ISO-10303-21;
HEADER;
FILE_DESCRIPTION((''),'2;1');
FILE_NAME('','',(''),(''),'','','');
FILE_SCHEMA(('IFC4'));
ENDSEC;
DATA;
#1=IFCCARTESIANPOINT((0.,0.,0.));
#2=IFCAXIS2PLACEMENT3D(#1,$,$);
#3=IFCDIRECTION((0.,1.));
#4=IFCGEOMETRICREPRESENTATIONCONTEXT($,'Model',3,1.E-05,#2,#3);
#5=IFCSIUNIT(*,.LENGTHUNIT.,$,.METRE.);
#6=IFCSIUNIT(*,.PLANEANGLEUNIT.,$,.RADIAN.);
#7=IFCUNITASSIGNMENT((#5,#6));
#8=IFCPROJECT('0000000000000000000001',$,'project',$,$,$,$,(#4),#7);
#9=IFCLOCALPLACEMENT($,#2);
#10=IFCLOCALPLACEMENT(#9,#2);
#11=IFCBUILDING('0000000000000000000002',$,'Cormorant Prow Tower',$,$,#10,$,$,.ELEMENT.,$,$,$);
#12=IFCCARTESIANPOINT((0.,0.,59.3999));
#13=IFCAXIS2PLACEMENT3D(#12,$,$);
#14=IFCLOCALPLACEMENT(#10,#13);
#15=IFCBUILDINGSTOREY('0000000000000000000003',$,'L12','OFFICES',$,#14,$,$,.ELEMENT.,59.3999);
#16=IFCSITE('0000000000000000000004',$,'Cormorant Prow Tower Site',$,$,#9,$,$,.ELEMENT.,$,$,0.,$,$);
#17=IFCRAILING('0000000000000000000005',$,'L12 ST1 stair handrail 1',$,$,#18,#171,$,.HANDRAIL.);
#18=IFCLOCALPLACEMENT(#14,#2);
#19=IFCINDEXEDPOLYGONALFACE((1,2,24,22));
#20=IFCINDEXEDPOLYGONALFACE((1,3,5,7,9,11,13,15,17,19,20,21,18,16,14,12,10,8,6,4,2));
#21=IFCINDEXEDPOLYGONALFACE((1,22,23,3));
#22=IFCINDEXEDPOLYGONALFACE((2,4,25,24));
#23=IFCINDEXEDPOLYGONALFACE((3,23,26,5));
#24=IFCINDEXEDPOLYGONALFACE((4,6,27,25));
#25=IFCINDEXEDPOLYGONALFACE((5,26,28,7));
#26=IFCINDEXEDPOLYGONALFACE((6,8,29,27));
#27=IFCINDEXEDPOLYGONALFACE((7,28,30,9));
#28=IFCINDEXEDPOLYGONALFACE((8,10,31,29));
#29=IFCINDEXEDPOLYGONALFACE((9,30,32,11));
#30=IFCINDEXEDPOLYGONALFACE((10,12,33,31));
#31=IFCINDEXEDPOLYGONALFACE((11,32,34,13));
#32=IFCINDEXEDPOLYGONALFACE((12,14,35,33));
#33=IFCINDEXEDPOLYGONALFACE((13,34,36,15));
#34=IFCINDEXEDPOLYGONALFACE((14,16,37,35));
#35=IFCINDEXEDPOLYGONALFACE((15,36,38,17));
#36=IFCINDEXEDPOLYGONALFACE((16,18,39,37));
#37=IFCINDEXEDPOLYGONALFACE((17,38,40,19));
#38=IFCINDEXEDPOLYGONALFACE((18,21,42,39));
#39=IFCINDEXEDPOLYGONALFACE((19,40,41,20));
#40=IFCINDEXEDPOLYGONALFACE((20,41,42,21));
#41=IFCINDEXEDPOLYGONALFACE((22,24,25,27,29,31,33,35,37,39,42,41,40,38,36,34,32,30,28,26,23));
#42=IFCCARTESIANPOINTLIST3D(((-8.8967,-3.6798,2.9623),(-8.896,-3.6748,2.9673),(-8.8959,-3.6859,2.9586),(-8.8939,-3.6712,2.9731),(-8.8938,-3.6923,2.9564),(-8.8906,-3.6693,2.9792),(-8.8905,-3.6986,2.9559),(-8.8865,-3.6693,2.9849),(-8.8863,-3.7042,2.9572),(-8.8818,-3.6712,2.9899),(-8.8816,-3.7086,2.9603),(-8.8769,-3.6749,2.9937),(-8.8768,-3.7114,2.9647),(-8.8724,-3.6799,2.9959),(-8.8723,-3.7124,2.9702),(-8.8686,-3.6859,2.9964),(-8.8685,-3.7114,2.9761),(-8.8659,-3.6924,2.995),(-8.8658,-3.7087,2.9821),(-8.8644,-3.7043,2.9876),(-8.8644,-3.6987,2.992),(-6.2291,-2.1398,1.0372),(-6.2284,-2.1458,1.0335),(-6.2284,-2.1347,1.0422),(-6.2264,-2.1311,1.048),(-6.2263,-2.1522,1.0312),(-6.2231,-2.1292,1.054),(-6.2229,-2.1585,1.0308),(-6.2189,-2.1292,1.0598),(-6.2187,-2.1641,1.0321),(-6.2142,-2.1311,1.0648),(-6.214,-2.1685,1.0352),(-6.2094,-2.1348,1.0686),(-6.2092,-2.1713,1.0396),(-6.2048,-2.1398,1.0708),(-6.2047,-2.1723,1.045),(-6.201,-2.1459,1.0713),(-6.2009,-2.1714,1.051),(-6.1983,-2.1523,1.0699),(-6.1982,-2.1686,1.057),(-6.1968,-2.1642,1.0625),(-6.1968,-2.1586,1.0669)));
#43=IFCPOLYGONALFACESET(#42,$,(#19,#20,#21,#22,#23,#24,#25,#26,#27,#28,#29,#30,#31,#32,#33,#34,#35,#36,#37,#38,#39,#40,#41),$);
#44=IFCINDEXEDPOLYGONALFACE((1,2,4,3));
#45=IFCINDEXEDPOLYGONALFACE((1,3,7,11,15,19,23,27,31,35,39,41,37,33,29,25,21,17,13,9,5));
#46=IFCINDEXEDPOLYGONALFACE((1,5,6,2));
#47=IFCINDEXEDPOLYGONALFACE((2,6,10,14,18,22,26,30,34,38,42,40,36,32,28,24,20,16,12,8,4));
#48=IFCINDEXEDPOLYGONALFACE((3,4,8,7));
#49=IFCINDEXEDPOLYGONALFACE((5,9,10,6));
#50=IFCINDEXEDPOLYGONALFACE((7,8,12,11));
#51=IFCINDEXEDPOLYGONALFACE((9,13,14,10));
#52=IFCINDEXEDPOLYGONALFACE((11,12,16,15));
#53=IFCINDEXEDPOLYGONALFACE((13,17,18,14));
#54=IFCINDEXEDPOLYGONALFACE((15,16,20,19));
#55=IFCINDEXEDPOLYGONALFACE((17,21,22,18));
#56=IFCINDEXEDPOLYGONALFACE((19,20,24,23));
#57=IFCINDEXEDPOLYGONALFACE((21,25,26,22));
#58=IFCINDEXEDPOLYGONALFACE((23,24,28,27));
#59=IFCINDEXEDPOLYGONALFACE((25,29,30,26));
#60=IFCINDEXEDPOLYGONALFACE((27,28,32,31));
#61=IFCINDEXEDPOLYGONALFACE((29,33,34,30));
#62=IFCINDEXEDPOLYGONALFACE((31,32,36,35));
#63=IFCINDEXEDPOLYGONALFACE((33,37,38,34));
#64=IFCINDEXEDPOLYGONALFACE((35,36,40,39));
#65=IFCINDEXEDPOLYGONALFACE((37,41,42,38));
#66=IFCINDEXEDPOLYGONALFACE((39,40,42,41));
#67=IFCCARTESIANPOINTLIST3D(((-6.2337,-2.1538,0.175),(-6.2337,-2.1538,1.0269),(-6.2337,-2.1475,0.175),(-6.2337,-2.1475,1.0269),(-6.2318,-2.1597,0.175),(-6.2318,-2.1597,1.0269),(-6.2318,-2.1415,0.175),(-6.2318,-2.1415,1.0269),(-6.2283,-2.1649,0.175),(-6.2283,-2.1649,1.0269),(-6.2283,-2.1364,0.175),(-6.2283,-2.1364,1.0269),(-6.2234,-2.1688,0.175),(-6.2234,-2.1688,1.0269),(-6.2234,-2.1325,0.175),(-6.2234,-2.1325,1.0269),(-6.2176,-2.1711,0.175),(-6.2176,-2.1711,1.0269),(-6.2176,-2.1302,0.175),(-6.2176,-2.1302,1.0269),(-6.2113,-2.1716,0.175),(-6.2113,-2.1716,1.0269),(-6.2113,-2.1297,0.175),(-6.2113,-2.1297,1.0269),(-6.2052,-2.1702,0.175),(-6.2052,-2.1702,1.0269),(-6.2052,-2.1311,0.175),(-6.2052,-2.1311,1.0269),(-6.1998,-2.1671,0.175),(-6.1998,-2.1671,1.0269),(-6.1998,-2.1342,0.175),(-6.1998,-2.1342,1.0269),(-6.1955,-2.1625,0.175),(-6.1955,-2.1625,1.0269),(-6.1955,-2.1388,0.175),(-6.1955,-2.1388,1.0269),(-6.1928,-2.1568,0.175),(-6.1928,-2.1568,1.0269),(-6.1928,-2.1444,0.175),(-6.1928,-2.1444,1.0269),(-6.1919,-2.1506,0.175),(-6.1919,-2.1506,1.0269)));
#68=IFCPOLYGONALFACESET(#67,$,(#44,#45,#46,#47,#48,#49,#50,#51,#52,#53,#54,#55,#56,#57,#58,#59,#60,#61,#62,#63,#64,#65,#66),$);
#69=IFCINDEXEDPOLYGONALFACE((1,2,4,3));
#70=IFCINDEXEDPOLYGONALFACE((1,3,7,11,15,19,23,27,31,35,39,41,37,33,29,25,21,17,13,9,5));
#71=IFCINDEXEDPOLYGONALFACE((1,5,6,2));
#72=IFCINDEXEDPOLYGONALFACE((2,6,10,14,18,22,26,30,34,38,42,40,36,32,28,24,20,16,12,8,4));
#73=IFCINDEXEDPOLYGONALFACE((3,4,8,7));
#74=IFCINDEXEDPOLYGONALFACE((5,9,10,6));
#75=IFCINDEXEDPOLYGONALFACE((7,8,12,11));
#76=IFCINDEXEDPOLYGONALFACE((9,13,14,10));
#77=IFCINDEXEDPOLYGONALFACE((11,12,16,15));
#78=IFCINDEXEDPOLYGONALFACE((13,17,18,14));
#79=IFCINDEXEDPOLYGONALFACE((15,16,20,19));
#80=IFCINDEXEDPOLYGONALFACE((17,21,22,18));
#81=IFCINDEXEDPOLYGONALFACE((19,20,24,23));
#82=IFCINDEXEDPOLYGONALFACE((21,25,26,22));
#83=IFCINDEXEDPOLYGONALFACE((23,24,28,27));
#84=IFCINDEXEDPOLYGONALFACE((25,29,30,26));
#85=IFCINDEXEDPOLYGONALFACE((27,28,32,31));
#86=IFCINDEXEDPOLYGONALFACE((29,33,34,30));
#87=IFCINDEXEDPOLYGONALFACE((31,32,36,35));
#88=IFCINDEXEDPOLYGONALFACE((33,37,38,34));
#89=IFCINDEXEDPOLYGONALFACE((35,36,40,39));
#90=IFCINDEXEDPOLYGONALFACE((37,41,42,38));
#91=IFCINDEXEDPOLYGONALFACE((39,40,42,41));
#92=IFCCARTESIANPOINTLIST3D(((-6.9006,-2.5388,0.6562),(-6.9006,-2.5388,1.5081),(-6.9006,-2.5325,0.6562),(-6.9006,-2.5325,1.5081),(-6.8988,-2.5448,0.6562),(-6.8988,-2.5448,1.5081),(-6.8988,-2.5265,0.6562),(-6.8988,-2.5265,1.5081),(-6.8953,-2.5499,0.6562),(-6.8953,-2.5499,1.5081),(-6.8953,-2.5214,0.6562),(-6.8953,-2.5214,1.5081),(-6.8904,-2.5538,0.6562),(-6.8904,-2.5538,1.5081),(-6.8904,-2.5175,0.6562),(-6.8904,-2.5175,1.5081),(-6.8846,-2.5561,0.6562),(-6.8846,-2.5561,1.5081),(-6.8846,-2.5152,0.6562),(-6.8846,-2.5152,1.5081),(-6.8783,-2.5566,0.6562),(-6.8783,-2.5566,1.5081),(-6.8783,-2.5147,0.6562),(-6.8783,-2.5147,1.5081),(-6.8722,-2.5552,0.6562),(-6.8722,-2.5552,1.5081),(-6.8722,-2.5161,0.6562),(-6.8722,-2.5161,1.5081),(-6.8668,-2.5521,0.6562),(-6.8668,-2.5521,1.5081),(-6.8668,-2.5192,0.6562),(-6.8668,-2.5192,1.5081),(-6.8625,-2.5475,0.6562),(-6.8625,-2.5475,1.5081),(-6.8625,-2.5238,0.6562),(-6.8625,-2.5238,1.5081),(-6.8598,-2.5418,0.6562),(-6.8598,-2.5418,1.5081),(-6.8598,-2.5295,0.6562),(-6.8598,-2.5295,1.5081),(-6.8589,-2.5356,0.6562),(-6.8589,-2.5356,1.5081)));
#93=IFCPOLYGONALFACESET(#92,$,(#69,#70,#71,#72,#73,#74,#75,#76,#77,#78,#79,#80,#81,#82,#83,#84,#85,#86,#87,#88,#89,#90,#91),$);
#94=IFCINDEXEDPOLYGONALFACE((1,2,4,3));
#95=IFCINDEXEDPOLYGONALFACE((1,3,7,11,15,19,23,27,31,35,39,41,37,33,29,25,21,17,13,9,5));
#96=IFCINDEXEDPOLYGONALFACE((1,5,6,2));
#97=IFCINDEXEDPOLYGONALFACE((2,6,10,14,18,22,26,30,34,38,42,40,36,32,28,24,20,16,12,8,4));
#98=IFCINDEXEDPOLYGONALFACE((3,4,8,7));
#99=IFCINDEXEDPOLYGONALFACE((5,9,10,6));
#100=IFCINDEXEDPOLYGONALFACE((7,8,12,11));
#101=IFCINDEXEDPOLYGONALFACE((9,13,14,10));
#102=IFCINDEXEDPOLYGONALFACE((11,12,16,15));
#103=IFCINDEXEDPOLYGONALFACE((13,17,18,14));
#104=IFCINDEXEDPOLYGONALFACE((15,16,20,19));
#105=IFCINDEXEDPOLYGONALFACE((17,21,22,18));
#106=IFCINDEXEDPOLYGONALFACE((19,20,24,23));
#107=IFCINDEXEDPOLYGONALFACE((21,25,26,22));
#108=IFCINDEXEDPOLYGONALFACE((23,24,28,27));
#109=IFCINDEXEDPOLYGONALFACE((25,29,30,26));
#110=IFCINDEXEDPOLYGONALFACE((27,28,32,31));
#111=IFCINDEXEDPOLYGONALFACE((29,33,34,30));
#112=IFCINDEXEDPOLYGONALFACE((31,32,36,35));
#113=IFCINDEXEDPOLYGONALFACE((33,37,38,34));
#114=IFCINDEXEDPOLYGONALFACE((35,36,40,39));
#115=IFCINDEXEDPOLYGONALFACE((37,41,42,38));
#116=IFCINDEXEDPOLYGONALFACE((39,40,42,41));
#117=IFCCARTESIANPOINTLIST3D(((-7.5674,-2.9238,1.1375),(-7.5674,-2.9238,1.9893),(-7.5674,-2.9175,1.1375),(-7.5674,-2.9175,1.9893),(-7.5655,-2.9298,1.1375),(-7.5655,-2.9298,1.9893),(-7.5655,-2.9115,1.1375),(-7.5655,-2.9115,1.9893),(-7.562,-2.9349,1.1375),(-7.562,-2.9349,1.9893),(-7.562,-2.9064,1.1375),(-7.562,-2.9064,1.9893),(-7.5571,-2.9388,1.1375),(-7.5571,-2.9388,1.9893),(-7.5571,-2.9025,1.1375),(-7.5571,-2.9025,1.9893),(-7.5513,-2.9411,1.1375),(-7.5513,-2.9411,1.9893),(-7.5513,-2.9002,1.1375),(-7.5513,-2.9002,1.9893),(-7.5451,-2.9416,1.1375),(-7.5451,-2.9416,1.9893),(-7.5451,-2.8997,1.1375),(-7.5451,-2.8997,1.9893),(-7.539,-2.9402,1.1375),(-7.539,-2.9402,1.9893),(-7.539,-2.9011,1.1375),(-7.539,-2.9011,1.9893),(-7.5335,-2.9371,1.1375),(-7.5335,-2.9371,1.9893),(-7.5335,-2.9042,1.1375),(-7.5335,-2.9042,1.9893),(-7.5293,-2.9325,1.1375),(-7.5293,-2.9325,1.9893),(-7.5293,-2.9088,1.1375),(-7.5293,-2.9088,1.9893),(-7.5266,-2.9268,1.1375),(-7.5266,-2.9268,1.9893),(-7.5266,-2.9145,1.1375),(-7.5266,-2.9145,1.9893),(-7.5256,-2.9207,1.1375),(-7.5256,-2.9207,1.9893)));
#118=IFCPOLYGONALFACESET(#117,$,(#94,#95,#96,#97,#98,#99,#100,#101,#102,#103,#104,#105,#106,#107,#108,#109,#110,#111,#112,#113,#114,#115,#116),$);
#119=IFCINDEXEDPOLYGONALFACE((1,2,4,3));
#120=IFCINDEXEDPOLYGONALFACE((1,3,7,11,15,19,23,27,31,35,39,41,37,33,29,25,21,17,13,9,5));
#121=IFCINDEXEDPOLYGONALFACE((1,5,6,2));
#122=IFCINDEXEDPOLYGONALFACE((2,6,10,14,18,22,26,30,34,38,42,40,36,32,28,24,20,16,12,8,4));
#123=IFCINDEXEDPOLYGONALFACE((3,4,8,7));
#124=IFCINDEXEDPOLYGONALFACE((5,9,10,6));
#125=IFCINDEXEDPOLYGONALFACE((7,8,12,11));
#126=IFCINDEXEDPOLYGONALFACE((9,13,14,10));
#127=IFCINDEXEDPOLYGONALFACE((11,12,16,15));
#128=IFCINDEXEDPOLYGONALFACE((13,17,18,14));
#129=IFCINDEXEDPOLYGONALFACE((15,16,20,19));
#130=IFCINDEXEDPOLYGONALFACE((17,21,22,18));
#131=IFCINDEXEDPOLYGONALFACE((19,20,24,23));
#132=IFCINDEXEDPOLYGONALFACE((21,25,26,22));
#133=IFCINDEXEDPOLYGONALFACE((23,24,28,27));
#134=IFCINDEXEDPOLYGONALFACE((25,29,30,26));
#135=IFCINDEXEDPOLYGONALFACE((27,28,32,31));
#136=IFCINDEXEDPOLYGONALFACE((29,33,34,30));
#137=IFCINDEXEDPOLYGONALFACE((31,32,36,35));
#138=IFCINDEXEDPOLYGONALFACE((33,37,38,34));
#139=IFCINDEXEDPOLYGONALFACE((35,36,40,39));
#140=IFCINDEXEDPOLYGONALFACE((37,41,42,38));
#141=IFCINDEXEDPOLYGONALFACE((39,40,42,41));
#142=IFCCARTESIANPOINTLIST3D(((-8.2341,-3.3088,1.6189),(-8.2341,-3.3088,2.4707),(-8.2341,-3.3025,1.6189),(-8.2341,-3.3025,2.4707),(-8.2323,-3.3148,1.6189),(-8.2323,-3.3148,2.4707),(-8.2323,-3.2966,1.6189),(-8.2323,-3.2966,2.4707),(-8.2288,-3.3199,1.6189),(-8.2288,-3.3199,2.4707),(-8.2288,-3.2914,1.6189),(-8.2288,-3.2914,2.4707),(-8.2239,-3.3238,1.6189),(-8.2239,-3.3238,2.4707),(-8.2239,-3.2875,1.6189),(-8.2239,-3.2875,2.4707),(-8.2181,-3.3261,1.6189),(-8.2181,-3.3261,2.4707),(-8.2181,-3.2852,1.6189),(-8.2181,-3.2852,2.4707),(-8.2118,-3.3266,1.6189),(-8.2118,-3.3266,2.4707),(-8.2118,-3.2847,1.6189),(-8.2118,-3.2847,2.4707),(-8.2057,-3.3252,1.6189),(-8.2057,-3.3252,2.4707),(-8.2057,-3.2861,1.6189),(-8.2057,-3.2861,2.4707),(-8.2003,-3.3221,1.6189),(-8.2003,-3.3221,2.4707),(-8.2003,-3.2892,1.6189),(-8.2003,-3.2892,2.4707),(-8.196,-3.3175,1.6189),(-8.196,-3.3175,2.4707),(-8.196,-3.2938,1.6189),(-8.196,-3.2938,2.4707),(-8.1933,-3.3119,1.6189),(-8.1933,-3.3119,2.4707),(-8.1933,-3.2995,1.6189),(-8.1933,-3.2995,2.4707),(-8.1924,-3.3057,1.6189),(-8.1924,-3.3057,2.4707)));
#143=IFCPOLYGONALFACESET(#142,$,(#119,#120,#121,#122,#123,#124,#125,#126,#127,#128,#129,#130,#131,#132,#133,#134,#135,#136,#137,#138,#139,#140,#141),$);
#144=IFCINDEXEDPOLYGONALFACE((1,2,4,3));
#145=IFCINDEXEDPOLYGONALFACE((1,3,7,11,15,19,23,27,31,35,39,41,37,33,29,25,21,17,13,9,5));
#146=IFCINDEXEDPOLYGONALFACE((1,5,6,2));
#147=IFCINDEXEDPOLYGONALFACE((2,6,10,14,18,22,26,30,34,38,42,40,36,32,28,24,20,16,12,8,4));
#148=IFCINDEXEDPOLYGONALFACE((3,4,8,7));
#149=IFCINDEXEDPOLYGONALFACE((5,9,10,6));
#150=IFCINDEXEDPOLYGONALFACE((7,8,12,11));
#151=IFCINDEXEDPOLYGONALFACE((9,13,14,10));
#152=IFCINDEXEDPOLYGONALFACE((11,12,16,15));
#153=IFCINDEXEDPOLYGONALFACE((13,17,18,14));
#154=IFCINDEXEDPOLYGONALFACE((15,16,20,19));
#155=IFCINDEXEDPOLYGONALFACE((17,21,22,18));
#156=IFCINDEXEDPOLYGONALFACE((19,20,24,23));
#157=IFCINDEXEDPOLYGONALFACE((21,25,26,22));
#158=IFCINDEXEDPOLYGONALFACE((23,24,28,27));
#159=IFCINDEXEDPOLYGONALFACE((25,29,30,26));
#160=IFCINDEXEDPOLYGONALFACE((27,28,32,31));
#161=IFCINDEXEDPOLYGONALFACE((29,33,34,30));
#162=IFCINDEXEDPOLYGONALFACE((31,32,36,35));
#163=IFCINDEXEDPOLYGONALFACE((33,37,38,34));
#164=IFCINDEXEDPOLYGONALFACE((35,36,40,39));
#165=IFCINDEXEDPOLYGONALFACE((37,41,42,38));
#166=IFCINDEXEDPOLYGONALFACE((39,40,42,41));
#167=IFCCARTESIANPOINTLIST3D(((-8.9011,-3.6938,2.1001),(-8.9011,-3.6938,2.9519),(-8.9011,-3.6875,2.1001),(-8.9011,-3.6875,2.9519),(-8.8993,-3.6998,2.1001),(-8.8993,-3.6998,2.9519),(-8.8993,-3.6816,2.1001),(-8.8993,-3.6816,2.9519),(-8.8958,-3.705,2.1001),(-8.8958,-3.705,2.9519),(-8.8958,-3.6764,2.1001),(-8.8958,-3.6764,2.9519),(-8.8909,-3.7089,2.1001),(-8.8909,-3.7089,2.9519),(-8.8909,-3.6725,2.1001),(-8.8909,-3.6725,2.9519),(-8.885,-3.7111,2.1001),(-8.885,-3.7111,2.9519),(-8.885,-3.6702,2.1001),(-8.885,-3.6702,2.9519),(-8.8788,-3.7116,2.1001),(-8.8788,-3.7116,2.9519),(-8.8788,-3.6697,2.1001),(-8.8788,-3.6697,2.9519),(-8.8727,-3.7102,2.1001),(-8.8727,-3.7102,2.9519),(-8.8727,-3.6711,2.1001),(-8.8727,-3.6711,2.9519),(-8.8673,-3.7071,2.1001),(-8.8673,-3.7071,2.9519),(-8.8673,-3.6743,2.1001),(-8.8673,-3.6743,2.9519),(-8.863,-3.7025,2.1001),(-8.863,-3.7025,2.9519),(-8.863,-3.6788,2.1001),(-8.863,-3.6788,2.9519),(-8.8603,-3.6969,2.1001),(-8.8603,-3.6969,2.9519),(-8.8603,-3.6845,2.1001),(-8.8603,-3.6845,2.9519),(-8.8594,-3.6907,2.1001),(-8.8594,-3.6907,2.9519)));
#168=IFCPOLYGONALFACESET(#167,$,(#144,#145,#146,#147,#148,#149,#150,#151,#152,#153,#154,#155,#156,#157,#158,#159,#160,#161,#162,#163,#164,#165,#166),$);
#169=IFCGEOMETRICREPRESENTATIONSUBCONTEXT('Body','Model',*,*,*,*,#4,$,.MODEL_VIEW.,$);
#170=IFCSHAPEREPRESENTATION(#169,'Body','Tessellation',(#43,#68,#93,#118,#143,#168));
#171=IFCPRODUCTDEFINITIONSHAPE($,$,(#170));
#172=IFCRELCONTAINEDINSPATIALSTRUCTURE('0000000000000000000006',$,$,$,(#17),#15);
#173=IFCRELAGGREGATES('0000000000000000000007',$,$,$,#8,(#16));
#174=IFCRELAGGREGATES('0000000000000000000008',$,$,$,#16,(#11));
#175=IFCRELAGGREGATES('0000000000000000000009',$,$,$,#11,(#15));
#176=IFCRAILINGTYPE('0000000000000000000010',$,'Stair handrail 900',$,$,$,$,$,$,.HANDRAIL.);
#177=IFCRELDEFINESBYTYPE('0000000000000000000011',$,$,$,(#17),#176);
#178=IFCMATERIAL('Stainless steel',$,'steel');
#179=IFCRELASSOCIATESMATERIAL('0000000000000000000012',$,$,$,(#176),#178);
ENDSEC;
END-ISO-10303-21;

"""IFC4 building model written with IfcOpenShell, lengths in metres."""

from ifc_helpers import new_model, si_unit, direction, frame, origin, origin_2d, place, context, subcontext, project, spatial, circle, extrude, material, type_object, element, save


model = new_model("IFC4")

# Units and contexts
model_context = context("Model", 3, precision=1e-05, world=origin(), true_north=direction((0.0, 1.0)))
body_context = subcontext(model_context, "Body", "Model", "MODEL_VIEW")
ifc_project = project(units=[si_unit("LENGTHUNIT", "METRE"), si_unit("PLANEANGLEUNIT", "RADIAN")], contexts=[model_context])

# Site, building, storey
site_placement = place(None, origin())
site = spatial("IfcSite", under=ifc_project, at=site_placement, Name="Cormorant Prow Tower Site", CompositionType="ELEMENT", RefElevation=0.0)
building_placement = place(site_placement, origin())
building = spatial("IfcBuilding", under=site, at=building_placement, Name="Cormorant Prow Tower", CompositionType="ELEMENT")
storey_placement = place(building_placement, frame((0.0, 0.0, 59.3999)))
storey = spatial("IfcBuildingStorey", under=building, at=storey_placement, Name="L12", Description="OFFICES", CompositionType="ELEMENT", Elevation=59.3999)

# Railing
ifc_material_1 = material(Name="Stainless steel", Category="steel")
railing_type_1 = type_object("IfcRailingType", Name="Stair handrail 900", PredefinedType="HANDRAIL", material=ifc_material_1)
railing_1_placement = place(storey_placement, frame((-6.2129, -2.1506, 0.175)))
element("IfcRailing", 1, at=railing_1_placement, inside=storey, type_object=railing_type_1, Name="L12 ST1 stair handrail 1", PredefinedType="HANDRAIL", context=body_context, shape_type="SweptSolid", body=[
    extrude(circle(Radius=0.0239, at=origin_2d()), frame((0.0, 0.0, 0.876), z_axis=(-0.734395, -0.423994, 0.529993), x_axis=(0.499992, -0.86603, 0.0)), (0.0, 0.0, 1.0), 3.6323),
    extrude(circle(Radius=0.021, at=origin_2d()), origin(), (0.0, 0.0, 1.0), 0.8518),
    extrude(circle(Radius=0.021, at=origin_2d()), frame((-0.667, -0.385, 0.4812)), (0.0, 0.0, 1.0), 0.8518),
    extrude(circle(Radius=0.021, at=origin_2d()), frame((-1.3337, -0.77, 0.9624)), (0.0, 0.0, 1.0), 0.8518),
    extrude(circle(Radius=0.021, at=origin_2d()), frame((-2.0005, -1.155, 1.4438)), (0.0, 0.0, 1.0), 0.8518),
    extrude(circle(Radius=0.021, at=origin_2d()), frame((-2.6675, -1.54, 1.925)), (0.0, 0.0, 1.0), 0.8518),
])

save(model, "model.ifc")
